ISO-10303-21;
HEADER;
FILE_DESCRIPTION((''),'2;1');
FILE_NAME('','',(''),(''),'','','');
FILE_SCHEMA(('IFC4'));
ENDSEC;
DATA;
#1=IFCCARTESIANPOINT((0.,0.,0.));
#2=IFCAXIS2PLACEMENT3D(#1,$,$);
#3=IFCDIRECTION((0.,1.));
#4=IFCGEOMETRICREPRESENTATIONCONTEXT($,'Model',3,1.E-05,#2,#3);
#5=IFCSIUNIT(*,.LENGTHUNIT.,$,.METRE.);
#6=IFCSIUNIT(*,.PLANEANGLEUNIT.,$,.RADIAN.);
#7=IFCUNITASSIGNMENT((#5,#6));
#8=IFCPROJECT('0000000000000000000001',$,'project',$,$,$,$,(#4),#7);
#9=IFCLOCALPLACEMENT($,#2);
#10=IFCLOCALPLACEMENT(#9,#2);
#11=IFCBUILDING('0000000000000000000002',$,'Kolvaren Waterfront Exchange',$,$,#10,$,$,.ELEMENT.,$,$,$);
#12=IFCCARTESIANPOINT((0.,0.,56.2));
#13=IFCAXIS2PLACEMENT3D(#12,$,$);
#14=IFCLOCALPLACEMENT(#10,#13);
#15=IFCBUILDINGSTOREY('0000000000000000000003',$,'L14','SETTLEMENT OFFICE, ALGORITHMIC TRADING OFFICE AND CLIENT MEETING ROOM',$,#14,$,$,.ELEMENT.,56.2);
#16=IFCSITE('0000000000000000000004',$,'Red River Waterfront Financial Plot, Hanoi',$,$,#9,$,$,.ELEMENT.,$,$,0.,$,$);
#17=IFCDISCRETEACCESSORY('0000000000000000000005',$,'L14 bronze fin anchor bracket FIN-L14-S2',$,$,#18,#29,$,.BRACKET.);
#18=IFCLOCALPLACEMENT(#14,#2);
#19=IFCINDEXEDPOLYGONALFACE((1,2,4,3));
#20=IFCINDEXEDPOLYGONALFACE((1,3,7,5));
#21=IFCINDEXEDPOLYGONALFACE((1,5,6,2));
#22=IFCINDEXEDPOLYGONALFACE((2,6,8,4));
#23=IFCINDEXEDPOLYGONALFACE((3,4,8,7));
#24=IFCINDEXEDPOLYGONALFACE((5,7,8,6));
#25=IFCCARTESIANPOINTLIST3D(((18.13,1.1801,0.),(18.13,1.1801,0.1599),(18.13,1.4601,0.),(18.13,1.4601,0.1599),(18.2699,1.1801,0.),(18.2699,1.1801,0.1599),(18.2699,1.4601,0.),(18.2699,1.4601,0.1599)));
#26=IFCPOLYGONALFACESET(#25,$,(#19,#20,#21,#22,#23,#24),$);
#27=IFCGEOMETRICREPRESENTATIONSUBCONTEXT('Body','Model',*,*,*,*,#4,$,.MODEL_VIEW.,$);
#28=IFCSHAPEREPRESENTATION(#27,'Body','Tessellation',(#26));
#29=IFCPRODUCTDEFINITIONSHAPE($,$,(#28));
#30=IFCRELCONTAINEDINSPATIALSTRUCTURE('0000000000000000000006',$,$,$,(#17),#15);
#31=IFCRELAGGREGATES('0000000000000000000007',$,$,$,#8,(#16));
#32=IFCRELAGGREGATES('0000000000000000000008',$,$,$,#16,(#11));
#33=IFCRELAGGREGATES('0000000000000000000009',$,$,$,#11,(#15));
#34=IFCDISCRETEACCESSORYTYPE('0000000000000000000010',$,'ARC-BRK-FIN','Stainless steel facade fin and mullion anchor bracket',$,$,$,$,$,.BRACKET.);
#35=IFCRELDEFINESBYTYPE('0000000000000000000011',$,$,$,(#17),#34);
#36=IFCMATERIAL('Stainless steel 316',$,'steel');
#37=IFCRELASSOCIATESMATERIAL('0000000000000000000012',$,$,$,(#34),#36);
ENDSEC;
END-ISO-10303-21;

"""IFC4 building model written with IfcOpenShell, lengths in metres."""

from ifc_helpers import new_model, si_unit, direction, frame, origin, origin_with_axes, origin_2d, place, context, subcontext, project, spatial, rectangle, extrude, source, transform, mapped, material, type_object, element, save


model = new_model("IFC4")

# Units and contexts
model_context = context("Model", 3, precision=1e-05, world=origin(), true_north=direction((0.0, 1.0)))
body_context = subcontext(model_context, "Body", "Model", "MODEL_VIEW")
ifc_project = project(units=[si_unit("LENGTHUNIT", "METRE"), si_unit("PLANEANGLEUNIT", "RADIAN")], contexts=[model_context])

# Site, building, storey
site_placement = place(None, origin())
site = spatial("IfcSite", under=ifc_project, at=site_placement, Name="Red River Waterfront Financial Plot, Hanoi", CompositionType="ELEMENT", RefElevation=0.0)
building_placement = place(site_placement, origin())
building = spatial("IfcBuilding", under=site, at=building_placement, Name="Kolvaren Waterfront Exchange", CompositionType="ELEMENT")
storey_placement = place(building_placement, frame((0.0, 0.0, 56.2)))
storey = spatial("IfcBuildingStorey", under=building, at=storey_placement, Name="L14", Description="SETTLEMENT OFFICE, ALGORITHMIC TRADING OFFICE AND CLIENT MEETING ROOM", CompositionType="ELEMENT", Elevation=56.2)

# Shared definitions
ifc_material_1 = material(Name="Stainless steel 316", Category="steel")

# Discrete accessory
discrete_accessory_type = type_object("IfcDiscreteAccessoryType", Name="ARC-BRK-FIN", Description="Stainless steel facade fin and mullion anchor bracket", PredefinedType="BRACKET", material=ifc_material_1)
shared_shape_1 = source(origin_with_axes(), body_context, "Body", "SweptSolid", [
    extrude(rectangle(XDim=0.28, YDim=0.1399, at=origin_2d()), origin(), (0.0, 0.0, 1.0), 0.1599),
])
for number, where, z_axis, x_axis, name in (
    (1, (18.2, 1.3201, 0.0), (0.0, 0.0, 1.0), (0.0, -1.0, 0.0), "L14 bronze fin anchor bracket FIN-L14-S2"),
):
    element("IfcDiscreteAccessory", number, at=place(storey_placement, frame(where, z_axis=z_axis, x_axis=x_axis)), inside=storey, type_object=discrete_accessory_type, Name=name, PredefinedType="BRACKET", context=body_context, shape_type="MappedRepresentation", body=[
        mapped(shared_shape_1, transform((0.0, 0.0, 0.0), x_axis=(1.0, 0.0, 0.0), y_axis=(0.0, 1.0, 0.0), z_axis=(0.0, 0.0, 1.0), scale=1.0)),
    ])

save(model, "model.ifc")
